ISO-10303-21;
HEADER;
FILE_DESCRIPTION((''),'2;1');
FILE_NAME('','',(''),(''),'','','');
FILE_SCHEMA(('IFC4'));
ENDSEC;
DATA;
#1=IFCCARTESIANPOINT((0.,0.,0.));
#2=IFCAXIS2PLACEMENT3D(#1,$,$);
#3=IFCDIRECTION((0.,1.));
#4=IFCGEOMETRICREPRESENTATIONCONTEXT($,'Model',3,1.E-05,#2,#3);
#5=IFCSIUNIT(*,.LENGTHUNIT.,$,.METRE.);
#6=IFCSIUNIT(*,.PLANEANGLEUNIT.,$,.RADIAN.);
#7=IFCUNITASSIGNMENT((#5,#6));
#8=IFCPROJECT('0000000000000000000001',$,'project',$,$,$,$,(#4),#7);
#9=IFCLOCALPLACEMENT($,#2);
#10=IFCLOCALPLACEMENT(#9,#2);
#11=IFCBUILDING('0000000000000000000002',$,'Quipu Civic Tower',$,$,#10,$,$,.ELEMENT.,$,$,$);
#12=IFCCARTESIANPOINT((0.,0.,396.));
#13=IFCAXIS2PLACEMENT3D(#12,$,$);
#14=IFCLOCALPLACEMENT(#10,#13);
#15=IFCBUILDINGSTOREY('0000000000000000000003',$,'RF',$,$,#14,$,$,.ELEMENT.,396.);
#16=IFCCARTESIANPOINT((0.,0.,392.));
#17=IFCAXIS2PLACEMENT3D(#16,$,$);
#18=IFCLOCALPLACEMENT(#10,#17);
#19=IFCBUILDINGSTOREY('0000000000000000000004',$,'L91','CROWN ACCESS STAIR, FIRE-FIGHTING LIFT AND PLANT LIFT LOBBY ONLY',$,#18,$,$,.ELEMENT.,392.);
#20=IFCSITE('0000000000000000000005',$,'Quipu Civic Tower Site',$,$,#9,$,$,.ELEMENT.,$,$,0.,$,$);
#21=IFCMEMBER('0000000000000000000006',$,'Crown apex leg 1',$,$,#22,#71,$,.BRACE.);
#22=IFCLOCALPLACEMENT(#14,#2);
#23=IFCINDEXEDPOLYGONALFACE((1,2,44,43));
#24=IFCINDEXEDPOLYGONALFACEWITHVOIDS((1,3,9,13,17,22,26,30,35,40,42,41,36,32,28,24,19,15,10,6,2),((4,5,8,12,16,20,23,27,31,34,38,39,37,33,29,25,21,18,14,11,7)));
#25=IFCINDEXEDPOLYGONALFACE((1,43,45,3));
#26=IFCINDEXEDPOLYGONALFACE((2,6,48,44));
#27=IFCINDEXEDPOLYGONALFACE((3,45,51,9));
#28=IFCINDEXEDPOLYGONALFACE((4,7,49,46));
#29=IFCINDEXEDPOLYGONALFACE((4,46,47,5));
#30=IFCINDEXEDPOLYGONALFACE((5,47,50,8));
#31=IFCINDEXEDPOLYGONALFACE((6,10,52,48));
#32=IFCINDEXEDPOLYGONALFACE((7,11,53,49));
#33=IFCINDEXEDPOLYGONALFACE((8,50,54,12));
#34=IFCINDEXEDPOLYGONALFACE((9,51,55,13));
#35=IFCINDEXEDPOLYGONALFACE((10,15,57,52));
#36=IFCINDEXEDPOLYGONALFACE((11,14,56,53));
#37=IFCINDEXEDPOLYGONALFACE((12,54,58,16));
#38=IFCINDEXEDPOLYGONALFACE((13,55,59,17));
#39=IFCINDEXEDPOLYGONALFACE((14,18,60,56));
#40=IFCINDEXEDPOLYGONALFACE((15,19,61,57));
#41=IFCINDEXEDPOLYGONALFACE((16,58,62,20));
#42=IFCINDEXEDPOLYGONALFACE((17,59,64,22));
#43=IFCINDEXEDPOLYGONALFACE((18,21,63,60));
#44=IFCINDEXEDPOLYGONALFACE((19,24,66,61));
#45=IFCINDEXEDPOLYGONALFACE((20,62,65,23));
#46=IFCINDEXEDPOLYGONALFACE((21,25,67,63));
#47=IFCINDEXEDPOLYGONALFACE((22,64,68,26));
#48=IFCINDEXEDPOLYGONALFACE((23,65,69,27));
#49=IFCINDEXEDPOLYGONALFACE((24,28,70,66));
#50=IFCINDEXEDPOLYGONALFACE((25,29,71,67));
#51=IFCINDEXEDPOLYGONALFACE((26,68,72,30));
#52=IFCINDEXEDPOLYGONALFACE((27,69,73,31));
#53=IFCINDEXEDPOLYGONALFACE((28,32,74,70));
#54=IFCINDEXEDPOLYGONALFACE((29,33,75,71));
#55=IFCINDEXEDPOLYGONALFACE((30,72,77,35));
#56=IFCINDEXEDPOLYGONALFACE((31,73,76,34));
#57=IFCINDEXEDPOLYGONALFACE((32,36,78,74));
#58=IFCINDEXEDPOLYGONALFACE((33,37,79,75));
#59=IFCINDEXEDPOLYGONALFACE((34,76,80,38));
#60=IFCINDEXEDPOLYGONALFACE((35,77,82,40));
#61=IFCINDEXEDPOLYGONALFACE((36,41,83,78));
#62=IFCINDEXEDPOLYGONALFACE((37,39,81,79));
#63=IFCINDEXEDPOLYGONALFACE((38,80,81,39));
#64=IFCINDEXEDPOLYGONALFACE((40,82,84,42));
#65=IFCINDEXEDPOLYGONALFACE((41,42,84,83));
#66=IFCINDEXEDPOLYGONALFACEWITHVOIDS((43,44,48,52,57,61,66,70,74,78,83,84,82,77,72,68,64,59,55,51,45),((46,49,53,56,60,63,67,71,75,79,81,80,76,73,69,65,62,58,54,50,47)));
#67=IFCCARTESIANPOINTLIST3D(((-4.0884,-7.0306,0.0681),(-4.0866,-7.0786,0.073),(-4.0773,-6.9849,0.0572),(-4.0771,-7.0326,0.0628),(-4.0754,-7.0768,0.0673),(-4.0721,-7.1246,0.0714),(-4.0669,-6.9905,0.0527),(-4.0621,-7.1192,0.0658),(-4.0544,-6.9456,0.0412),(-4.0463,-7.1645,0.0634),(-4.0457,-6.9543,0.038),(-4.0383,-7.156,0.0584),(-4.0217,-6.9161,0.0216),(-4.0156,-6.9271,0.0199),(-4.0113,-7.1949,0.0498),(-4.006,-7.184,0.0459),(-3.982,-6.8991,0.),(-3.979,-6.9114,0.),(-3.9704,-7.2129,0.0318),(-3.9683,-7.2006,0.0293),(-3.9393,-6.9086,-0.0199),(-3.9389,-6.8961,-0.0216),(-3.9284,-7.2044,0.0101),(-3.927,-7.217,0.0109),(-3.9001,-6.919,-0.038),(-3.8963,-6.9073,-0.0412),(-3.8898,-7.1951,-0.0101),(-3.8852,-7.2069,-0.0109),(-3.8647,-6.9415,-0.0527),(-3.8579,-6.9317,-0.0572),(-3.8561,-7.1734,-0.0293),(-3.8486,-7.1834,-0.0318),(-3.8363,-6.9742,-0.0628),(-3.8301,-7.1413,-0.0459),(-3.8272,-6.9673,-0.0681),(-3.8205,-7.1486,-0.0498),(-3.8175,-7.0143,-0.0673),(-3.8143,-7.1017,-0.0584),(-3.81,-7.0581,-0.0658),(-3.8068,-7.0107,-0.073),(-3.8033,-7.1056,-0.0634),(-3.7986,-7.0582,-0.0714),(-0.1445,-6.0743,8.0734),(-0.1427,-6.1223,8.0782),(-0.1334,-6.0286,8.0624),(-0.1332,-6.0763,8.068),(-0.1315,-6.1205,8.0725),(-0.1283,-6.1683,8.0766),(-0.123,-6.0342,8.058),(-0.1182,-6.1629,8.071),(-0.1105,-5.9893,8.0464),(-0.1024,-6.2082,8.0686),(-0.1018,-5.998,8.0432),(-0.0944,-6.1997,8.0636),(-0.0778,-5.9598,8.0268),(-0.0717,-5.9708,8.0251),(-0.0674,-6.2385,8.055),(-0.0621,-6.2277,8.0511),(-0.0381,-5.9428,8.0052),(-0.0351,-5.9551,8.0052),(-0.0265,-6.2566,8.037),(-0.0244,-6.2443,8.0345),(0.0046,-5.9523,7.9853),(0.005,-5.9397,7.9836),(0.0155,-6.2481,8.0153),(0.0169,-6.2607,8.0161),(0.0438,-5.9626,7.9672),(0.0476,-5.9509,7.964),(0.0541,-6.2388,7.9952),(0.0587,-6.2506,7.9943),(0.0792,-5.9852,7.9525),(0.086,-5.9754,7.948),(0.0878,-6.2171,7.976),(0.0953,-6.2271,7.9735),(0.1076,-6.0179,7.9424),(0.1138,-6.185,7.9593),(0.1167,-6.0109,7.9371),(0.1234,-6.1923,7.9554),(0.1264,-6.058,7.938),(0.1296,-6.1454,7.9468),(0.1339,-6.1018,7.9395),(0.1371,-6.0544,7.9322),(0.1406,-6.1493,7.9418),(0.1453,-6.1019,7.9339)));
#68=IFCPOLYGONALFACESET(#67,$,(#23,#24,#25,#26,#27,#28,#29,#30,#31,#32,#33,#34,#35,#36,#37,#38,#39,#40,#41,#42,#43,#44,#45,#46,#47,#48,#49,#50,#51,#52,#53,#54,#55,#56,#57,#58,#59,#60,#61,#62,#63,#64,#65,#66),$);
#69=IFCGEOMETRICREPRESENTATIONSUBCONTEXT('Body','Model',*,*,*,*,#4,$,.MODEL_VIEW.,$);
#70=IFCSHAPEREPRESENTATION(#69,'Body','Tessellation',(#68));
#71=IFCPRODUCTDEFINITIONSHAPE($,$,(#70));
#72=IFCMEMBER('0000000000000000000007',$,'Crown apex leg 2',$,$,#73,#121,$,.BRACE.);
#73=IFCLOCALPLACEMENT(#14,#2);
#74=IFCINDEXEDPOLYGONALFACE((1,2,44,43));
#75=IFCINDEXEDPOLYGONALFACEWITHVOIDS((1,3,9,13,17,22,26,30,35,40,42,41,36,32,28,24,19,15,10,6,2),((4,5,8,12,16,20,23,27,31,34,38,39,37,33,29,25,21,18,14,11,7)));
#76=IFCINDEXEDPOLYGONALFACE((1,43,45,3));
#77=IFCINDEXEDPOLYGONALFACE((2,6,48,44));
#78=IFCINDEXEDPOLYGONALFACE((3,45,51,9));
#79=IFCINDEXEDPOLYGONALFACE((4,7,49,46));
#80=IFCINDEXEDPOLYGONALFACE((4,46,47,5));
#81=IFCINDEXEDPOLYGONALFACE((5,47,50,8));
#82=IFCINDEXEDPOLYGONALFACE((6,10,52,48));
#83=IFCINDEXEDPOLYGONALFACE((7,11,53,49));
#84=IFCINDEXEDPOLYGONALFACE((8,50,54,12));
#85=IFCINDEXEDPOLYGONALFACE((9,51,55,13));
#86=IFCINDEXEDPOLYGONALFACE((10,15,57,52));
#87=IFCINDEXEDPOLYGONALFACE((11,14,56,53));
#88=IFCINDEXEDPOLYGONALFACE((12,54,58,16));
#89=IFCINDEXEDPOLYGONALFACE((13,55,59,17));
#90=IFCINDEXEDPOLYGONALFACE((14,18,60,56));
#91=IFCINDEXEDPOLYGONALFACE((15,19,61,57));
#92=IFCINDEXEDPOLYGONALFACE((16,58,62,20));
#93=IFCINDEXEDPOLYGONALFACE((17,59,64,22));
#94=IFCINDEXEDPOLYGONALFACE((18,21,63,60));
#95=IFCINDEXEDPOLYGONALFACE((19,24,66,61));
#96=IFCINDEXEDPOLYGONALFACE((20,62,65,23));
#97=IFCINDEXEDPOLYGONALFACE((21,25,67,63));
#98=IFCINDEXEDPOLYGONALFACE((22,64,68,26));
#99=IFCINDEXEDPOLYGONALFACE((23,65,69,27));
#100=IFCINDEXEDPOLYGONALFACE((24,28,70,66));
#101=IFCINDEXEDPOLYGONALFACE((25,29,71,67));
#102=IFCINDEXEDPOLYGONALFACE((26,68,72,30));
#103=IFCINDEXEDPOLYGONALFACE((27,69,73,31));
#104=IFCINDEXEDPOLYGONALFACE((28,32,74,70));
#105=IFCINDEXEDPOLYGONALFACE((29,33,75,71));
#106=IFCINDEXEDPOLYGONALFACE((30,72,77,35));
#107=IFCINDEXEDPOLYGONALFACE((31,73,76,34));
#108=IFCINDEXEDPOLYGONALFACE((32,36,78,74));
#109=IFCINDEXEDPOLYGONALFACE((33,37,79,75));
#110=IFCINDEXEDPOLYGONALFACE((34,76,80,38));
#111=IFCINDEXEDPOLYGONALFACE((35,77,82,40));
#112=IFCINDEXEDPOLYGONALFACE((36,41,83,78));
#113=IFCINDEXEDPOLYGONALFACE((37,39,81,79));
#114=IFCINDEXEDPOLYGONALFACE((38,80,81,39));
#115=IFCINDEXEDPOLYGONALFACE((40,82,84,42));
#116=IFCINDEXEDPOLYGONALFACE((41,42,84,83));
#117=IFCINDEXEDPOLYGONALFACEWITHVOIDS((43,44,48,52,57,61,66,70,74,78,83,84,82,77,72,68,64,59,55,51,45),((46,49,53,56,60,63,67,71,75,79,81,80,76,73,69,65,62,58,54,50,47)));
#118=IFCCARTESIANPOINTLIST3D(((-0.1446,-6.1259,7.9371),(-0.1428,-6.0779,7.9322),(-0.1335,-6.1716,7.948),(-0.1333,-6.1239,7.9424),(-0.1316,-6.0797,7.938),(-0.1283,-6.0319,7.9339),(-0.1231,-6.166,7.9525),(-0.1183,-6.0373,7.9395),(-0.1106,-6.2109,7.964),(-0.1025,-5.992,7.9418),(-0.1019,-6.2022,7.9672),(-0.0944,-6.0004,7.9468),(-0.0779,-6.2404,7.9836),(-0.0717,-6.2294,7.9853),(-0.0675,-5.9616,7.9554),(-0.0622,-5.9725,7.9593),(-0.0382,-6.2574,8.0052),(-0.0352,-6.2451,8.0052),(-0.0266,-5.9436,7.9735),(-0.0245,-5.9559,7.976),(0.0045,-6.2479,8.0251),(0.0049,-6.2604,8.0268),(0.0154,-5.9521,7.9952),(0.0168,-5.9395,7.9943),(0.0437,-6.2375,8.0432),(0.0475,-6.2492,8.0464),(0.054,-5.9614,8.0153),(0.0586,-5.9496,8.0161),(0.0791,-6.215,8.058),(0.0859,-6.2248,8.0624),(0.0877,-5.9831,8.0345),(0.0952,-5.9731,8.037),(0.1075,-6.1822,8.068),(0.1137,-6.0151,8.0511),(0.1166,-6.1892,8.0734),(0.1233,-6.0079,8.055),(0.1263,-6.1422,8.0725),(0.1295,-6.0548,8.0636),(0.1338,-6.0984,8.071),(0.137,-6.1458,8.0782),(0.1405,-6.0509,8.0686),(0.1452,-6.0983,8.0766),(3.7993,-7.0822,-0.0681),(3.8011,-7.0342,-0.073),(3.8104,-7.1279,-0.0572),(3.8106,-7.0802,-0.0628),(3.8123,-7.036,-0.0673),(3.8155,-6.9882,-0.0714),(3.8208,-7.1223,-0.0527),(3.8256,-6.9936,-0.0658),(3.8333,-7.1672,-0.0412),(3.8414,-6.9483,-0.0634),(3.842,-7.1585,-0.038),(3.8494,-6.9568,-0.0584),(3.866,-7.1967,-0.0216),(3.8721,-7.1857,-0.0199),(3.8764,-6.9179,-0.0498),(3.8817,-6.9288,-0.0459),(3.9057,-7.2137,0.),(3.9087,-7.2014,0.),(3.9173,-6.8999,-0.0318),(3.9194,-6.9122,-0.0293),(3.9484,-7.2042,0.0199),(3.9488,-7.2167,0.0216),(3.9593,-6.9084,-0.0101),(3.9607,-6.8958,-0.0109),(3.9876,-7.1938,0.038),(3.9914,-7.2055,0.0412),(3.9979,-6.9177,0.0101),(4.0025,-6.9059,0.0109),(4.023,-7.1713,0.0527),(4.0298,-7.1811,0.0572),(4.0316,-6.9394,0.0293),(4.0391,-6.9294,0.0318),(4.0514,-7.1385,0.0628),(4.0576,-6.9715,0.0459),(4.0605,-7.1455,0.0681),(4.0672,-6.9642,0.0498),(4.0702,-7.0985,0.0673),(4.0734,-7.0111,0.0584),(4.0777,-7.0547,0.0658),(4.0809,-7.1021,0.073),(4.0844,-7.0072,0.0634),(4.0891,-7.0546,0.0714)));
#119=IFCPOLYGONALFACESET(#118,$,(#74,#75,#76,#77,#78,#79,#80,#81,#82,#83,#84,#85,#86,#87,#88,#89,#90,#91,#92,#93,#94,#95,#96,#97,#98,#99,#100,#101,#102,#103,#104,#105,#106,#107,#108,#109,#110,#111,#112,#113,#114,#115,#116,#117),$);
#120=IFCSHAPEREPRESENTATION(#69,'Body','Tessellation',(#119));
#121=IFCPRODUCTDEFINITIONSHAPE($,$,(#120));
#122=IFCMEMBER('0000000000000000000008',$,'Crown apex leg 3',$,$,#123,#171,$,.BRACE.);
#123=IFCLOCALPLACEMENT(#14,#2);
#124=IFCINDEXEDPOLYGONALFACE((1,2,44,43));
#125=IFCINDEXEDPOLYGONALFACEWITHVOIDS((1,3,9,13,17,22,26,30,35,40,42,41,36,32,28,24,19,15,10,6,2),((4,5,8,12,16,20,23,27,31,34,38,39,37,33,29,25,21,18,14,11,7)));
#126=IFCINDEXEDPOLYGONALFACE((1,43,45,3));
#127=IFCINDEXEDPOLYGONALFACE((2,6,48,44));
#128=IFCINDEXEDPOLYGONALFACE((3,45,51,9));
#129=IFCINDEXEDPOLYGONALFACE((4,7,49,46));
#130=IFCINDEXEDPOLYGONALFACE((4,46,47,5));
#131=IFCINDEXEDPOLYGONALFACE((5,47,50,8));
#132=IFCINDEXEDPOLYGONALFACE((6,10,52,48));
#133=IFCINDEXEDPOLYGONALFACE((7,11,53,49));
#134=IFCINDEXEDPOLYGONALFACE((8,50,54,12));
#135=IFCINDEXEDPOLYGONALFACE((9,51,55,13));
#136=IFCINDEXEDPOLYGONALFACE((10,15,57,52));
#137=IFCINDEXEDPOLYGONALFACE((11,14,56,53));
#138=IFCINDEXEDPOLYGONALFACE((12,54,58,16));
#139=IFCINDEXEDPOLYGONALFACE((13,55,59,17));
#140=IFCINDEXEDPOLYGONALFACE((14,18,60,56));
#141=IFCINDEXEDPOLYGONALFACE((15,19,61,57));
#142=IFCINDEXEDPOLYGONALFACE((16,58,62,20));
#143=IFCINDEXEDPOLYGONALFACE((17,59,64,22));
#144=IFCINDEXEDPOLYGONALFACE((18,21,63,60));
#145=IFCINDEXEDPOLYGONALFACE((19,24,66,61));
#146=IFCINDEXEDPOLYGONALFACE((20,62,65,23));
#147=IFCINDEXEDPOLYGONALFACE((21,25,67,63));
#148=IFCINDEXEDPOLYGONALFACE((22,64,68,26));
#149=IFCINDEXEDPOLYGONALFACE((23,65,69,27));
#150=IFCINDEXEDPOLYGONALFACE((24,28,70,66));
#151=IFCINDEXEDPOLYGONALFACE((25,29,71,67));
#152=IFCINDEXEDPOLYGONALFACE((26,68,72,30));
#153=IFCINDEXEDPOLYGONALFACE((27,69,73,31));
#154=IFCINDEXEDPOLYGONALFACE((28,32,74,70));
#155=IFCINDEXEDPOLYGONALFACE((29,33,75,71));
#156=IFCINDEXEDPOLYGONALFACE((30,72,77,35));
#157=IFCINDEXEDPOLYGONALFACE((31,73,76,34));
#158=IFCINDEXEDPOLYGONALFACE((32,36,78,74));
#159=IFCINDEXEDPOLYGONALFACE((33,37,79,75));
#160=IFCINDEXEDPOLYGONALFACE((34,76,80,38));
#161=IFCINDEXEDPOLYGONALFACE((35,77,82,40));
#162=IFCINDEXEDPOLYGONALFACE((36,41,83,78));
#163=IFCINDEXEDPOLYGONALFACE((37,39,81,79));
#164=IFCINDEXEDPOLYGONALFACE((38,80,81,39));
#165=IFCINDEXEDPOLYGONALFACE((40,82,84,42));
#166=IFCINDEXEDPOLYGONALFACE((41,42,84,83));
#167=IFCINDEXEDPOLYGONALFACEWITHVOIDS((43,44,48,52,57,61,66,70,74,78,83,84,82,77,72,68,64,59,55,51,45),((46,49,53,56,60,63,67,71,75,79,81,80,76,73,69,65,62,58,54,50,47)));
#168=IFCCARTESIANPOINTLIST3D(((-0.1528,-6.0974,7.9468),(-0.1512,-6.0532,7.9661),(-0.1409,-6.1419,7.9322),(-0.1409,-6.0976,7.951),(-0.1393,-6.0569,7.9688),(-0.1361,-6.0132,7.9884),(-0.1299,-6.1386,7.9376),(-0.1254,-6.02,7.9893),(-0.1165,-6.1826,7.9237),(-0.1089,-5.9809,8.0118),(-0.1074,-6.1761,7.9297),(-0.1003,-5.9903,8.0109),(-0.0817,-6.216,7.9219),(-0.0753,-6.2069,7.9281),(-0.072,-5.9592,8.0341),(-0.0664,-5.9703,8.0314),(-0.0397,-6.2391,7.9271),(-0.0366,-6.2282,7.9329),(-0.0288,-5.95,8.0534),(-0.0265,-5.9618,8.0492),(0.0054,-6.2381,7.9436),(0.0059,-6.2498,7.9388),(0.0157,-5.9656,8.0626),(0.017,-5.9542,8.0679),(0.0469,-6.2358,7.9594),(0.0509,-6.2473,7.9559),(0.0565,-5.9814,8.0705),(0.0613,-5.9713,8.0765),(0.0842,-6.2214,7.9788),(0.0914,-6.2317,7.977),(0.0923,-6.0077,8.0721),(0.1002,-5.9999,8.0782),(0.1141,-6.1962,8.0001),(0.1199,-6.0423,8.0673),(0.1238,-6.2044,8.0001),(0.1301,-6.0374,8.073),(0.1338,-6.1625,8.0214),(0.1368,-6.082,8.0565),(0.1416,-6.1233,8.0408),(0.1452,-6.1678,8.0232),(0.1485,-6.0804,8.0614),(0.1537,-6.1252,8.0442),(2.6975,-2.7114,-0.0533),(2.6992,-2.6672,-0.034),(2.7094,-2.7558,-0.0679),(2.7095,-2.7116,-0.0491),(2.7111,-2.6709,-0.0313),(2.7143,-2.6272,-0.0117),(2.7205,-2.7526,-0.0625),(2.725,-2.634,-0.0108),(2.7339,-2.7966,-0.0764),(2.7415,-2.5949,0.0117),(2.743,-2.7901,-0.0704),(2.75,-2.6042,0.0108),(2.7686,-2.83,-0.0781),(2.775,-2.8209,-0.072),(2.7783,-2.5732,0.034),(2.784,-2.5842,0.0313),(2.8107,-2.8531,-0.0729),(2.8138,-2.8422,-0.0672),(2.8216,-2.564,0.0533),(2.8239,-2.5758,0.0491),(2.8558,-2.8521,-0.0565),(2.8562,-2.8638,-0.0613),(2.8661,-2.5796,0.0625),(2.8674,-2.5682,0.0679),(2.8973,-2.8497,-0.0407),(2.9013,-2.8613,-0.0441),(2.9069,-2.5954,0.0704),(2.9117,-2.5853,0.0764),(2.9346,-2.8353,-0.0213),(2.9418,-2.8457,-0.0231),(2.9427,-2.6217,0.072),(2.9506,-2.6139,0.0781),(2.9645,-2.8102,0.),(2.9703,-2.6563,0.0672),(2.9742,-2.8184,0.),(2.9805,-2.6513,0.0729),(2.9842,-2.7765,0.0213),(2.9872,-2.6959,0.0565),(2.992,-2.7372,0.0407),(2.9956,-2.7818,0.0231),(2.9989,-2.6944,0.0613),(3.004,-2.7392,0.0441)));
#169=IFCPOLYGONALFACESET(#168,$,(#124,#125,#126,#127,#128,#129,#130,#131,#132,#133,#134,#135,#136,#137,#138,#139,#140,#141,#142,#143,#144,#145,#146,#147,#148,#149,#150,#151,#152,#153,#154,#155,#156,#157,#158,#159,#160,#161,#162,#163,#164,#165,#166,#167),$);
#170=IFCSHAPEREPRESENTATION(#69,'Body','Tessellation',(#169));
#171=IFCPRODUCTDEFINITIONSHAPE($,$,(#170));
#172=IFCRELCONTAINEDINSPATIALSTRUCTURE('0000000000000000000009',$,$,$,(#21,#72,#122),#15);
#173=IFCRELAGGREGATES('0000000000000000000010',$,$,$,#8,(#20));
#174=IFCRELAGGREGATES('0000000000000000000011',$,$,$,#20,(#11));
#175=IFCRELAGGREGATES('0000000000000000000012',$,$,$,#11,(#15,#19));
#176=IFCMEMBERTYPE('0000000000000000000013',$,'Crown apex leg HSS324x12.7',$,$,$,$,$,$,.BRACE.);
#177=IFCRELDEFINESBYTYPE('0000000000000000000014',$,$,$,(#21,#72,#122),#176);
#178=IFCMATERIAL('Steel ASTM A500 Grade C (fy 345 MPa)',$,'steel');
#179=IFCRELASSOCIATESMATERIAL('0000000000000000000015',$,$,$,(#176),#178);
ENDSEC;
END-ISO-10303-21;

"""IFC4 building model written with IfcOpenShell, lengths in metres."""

from ifc_helpers import new_model, si_unit, direction, frame, origin, origin_2d, place, context, subcontext, project, spatial, hollow_circle, extrude, material, material_profile, profile_set, type_object, element, save


model = new_model("IFC4")

# Units and contexts
model_context = context("Model", 3, precision=1e-05, world=origin(), true_north=direction((0.0, 1.0)))
body_context = subcontext(model_context, "Body", "Model", "MODEL_VIEW")
ifc_project = project(units=[si_unit("LENGTHUNIT", "METRE"), si_unit("PLANEANGLEUNIT", "RADIAN")], contexts=[model_context])

# Site, building, storey
site_placement = place(None, origin())
site = spatial("IfcSite", under=ifc_project, at=site_placement, Name="Quipu Civic Tower Site", CompositionType="ELEMENT", RefElevation=0.0)
building_placement = place(site_placement, origin())
building = spatial("IfcBuilding", under=site, at=building_placement, Name="Quipu Civic Tower", CompositionType="ELEMENT")
storey_1_placement = place(building_placement, frame((0.0, 0.0, 396.0)))
storey_1 = spatial("IfcBuildingStorey", under=building, at=storey_1_placement, Name="RF", CompositionType="ELEMENT", Elevation=396.0)

# Members
ifc_material_1 = material(Name="Steel ASTM A500 Grade C (fy 345 MPa)", Category="steel")
ifc_material_profile_1 = material_profile(ifc_material_1, hollow_circle(Radius=0.1619, WallThickness=0.0127, at=origin_2d()), Name="HSS324x12.7")
ifc_profile_set_1 = profile_set([ifc_material_profile_1], Name="Steel ASTM A500 Grade C (fy 345 MPa)")
member_type_1 = type_object("IfcMemberType", Name="Crown apex leg HSS324x12.7", PredefinedType="BRACE", material=ifc_profile_set_1)
for number, where, z_axis, x_axis, name in (
    (1, (-3.9438, -7.0564, 0.0), (0.439426, 0.106551, 0.891937), (-0.23565, 0.971838, 0.0), "Crown apex leg 1"),
    (2, (3.9438, -7.0564, 0.0), (-0.439426, 0.106551, 0.891937), (-0.23565, -0.971838, 0.0), "Crown apex leg 2"),
):
    element("IfcMember", number, at=place(storey_1_placement, frame(where, z_axis=z_axis, x_axis=x_axis)), inside=storey_1, type_object=member_type_1, Name=name, PredefinedType="BRACE", context=body_context, shape_type="SweptSolid", body=[
        extrude(hollow_circle(Radius=0.1619, WallThickness=0.0127, at=origin_2d()), origin(), (0.0, 0.0, 1.0), 8.9751),
    ])
for number, where, z_axis, x_axis, name in (
    (3, (2.8503, -2.7141, 0.0), (-0.311761, -0.370348, 0.875013), (0.765024, -0.644002, 0.0), "Crown apex leg 3"),
):
    element("IfcMember", number, at=place(storey_1_placement, frame(where, z_axis=z_axis, x_axis=x_axis)), inside=storey_1, type_object=member_type_1, Name=name, PredefinedType="BRACE", context=body_context, shape_type="SweptSolid", body=[
        extrude(hollow_circle(Radius=0.1619, WallThickness=0.0127, at=origin_2d()), origin(), (0.0, 0.0, 1.0), 9.1428),
    ])

# Shared definitions
storey_2_placement = place(building_placement, frame((0.0, 0.0, 392.0)))
storey_2 = spatial("IfcBuildingStorey", under=building, at=storey_2_placement, Name="L91", Description="CROWN ACCESS STAIR, FIRE-FIGHTING LIFT AND PLANT LIFT LOBBY ONLY", CompositionType="ELEMENT", Elevation=392.0)

save(model, "model.ifc")
